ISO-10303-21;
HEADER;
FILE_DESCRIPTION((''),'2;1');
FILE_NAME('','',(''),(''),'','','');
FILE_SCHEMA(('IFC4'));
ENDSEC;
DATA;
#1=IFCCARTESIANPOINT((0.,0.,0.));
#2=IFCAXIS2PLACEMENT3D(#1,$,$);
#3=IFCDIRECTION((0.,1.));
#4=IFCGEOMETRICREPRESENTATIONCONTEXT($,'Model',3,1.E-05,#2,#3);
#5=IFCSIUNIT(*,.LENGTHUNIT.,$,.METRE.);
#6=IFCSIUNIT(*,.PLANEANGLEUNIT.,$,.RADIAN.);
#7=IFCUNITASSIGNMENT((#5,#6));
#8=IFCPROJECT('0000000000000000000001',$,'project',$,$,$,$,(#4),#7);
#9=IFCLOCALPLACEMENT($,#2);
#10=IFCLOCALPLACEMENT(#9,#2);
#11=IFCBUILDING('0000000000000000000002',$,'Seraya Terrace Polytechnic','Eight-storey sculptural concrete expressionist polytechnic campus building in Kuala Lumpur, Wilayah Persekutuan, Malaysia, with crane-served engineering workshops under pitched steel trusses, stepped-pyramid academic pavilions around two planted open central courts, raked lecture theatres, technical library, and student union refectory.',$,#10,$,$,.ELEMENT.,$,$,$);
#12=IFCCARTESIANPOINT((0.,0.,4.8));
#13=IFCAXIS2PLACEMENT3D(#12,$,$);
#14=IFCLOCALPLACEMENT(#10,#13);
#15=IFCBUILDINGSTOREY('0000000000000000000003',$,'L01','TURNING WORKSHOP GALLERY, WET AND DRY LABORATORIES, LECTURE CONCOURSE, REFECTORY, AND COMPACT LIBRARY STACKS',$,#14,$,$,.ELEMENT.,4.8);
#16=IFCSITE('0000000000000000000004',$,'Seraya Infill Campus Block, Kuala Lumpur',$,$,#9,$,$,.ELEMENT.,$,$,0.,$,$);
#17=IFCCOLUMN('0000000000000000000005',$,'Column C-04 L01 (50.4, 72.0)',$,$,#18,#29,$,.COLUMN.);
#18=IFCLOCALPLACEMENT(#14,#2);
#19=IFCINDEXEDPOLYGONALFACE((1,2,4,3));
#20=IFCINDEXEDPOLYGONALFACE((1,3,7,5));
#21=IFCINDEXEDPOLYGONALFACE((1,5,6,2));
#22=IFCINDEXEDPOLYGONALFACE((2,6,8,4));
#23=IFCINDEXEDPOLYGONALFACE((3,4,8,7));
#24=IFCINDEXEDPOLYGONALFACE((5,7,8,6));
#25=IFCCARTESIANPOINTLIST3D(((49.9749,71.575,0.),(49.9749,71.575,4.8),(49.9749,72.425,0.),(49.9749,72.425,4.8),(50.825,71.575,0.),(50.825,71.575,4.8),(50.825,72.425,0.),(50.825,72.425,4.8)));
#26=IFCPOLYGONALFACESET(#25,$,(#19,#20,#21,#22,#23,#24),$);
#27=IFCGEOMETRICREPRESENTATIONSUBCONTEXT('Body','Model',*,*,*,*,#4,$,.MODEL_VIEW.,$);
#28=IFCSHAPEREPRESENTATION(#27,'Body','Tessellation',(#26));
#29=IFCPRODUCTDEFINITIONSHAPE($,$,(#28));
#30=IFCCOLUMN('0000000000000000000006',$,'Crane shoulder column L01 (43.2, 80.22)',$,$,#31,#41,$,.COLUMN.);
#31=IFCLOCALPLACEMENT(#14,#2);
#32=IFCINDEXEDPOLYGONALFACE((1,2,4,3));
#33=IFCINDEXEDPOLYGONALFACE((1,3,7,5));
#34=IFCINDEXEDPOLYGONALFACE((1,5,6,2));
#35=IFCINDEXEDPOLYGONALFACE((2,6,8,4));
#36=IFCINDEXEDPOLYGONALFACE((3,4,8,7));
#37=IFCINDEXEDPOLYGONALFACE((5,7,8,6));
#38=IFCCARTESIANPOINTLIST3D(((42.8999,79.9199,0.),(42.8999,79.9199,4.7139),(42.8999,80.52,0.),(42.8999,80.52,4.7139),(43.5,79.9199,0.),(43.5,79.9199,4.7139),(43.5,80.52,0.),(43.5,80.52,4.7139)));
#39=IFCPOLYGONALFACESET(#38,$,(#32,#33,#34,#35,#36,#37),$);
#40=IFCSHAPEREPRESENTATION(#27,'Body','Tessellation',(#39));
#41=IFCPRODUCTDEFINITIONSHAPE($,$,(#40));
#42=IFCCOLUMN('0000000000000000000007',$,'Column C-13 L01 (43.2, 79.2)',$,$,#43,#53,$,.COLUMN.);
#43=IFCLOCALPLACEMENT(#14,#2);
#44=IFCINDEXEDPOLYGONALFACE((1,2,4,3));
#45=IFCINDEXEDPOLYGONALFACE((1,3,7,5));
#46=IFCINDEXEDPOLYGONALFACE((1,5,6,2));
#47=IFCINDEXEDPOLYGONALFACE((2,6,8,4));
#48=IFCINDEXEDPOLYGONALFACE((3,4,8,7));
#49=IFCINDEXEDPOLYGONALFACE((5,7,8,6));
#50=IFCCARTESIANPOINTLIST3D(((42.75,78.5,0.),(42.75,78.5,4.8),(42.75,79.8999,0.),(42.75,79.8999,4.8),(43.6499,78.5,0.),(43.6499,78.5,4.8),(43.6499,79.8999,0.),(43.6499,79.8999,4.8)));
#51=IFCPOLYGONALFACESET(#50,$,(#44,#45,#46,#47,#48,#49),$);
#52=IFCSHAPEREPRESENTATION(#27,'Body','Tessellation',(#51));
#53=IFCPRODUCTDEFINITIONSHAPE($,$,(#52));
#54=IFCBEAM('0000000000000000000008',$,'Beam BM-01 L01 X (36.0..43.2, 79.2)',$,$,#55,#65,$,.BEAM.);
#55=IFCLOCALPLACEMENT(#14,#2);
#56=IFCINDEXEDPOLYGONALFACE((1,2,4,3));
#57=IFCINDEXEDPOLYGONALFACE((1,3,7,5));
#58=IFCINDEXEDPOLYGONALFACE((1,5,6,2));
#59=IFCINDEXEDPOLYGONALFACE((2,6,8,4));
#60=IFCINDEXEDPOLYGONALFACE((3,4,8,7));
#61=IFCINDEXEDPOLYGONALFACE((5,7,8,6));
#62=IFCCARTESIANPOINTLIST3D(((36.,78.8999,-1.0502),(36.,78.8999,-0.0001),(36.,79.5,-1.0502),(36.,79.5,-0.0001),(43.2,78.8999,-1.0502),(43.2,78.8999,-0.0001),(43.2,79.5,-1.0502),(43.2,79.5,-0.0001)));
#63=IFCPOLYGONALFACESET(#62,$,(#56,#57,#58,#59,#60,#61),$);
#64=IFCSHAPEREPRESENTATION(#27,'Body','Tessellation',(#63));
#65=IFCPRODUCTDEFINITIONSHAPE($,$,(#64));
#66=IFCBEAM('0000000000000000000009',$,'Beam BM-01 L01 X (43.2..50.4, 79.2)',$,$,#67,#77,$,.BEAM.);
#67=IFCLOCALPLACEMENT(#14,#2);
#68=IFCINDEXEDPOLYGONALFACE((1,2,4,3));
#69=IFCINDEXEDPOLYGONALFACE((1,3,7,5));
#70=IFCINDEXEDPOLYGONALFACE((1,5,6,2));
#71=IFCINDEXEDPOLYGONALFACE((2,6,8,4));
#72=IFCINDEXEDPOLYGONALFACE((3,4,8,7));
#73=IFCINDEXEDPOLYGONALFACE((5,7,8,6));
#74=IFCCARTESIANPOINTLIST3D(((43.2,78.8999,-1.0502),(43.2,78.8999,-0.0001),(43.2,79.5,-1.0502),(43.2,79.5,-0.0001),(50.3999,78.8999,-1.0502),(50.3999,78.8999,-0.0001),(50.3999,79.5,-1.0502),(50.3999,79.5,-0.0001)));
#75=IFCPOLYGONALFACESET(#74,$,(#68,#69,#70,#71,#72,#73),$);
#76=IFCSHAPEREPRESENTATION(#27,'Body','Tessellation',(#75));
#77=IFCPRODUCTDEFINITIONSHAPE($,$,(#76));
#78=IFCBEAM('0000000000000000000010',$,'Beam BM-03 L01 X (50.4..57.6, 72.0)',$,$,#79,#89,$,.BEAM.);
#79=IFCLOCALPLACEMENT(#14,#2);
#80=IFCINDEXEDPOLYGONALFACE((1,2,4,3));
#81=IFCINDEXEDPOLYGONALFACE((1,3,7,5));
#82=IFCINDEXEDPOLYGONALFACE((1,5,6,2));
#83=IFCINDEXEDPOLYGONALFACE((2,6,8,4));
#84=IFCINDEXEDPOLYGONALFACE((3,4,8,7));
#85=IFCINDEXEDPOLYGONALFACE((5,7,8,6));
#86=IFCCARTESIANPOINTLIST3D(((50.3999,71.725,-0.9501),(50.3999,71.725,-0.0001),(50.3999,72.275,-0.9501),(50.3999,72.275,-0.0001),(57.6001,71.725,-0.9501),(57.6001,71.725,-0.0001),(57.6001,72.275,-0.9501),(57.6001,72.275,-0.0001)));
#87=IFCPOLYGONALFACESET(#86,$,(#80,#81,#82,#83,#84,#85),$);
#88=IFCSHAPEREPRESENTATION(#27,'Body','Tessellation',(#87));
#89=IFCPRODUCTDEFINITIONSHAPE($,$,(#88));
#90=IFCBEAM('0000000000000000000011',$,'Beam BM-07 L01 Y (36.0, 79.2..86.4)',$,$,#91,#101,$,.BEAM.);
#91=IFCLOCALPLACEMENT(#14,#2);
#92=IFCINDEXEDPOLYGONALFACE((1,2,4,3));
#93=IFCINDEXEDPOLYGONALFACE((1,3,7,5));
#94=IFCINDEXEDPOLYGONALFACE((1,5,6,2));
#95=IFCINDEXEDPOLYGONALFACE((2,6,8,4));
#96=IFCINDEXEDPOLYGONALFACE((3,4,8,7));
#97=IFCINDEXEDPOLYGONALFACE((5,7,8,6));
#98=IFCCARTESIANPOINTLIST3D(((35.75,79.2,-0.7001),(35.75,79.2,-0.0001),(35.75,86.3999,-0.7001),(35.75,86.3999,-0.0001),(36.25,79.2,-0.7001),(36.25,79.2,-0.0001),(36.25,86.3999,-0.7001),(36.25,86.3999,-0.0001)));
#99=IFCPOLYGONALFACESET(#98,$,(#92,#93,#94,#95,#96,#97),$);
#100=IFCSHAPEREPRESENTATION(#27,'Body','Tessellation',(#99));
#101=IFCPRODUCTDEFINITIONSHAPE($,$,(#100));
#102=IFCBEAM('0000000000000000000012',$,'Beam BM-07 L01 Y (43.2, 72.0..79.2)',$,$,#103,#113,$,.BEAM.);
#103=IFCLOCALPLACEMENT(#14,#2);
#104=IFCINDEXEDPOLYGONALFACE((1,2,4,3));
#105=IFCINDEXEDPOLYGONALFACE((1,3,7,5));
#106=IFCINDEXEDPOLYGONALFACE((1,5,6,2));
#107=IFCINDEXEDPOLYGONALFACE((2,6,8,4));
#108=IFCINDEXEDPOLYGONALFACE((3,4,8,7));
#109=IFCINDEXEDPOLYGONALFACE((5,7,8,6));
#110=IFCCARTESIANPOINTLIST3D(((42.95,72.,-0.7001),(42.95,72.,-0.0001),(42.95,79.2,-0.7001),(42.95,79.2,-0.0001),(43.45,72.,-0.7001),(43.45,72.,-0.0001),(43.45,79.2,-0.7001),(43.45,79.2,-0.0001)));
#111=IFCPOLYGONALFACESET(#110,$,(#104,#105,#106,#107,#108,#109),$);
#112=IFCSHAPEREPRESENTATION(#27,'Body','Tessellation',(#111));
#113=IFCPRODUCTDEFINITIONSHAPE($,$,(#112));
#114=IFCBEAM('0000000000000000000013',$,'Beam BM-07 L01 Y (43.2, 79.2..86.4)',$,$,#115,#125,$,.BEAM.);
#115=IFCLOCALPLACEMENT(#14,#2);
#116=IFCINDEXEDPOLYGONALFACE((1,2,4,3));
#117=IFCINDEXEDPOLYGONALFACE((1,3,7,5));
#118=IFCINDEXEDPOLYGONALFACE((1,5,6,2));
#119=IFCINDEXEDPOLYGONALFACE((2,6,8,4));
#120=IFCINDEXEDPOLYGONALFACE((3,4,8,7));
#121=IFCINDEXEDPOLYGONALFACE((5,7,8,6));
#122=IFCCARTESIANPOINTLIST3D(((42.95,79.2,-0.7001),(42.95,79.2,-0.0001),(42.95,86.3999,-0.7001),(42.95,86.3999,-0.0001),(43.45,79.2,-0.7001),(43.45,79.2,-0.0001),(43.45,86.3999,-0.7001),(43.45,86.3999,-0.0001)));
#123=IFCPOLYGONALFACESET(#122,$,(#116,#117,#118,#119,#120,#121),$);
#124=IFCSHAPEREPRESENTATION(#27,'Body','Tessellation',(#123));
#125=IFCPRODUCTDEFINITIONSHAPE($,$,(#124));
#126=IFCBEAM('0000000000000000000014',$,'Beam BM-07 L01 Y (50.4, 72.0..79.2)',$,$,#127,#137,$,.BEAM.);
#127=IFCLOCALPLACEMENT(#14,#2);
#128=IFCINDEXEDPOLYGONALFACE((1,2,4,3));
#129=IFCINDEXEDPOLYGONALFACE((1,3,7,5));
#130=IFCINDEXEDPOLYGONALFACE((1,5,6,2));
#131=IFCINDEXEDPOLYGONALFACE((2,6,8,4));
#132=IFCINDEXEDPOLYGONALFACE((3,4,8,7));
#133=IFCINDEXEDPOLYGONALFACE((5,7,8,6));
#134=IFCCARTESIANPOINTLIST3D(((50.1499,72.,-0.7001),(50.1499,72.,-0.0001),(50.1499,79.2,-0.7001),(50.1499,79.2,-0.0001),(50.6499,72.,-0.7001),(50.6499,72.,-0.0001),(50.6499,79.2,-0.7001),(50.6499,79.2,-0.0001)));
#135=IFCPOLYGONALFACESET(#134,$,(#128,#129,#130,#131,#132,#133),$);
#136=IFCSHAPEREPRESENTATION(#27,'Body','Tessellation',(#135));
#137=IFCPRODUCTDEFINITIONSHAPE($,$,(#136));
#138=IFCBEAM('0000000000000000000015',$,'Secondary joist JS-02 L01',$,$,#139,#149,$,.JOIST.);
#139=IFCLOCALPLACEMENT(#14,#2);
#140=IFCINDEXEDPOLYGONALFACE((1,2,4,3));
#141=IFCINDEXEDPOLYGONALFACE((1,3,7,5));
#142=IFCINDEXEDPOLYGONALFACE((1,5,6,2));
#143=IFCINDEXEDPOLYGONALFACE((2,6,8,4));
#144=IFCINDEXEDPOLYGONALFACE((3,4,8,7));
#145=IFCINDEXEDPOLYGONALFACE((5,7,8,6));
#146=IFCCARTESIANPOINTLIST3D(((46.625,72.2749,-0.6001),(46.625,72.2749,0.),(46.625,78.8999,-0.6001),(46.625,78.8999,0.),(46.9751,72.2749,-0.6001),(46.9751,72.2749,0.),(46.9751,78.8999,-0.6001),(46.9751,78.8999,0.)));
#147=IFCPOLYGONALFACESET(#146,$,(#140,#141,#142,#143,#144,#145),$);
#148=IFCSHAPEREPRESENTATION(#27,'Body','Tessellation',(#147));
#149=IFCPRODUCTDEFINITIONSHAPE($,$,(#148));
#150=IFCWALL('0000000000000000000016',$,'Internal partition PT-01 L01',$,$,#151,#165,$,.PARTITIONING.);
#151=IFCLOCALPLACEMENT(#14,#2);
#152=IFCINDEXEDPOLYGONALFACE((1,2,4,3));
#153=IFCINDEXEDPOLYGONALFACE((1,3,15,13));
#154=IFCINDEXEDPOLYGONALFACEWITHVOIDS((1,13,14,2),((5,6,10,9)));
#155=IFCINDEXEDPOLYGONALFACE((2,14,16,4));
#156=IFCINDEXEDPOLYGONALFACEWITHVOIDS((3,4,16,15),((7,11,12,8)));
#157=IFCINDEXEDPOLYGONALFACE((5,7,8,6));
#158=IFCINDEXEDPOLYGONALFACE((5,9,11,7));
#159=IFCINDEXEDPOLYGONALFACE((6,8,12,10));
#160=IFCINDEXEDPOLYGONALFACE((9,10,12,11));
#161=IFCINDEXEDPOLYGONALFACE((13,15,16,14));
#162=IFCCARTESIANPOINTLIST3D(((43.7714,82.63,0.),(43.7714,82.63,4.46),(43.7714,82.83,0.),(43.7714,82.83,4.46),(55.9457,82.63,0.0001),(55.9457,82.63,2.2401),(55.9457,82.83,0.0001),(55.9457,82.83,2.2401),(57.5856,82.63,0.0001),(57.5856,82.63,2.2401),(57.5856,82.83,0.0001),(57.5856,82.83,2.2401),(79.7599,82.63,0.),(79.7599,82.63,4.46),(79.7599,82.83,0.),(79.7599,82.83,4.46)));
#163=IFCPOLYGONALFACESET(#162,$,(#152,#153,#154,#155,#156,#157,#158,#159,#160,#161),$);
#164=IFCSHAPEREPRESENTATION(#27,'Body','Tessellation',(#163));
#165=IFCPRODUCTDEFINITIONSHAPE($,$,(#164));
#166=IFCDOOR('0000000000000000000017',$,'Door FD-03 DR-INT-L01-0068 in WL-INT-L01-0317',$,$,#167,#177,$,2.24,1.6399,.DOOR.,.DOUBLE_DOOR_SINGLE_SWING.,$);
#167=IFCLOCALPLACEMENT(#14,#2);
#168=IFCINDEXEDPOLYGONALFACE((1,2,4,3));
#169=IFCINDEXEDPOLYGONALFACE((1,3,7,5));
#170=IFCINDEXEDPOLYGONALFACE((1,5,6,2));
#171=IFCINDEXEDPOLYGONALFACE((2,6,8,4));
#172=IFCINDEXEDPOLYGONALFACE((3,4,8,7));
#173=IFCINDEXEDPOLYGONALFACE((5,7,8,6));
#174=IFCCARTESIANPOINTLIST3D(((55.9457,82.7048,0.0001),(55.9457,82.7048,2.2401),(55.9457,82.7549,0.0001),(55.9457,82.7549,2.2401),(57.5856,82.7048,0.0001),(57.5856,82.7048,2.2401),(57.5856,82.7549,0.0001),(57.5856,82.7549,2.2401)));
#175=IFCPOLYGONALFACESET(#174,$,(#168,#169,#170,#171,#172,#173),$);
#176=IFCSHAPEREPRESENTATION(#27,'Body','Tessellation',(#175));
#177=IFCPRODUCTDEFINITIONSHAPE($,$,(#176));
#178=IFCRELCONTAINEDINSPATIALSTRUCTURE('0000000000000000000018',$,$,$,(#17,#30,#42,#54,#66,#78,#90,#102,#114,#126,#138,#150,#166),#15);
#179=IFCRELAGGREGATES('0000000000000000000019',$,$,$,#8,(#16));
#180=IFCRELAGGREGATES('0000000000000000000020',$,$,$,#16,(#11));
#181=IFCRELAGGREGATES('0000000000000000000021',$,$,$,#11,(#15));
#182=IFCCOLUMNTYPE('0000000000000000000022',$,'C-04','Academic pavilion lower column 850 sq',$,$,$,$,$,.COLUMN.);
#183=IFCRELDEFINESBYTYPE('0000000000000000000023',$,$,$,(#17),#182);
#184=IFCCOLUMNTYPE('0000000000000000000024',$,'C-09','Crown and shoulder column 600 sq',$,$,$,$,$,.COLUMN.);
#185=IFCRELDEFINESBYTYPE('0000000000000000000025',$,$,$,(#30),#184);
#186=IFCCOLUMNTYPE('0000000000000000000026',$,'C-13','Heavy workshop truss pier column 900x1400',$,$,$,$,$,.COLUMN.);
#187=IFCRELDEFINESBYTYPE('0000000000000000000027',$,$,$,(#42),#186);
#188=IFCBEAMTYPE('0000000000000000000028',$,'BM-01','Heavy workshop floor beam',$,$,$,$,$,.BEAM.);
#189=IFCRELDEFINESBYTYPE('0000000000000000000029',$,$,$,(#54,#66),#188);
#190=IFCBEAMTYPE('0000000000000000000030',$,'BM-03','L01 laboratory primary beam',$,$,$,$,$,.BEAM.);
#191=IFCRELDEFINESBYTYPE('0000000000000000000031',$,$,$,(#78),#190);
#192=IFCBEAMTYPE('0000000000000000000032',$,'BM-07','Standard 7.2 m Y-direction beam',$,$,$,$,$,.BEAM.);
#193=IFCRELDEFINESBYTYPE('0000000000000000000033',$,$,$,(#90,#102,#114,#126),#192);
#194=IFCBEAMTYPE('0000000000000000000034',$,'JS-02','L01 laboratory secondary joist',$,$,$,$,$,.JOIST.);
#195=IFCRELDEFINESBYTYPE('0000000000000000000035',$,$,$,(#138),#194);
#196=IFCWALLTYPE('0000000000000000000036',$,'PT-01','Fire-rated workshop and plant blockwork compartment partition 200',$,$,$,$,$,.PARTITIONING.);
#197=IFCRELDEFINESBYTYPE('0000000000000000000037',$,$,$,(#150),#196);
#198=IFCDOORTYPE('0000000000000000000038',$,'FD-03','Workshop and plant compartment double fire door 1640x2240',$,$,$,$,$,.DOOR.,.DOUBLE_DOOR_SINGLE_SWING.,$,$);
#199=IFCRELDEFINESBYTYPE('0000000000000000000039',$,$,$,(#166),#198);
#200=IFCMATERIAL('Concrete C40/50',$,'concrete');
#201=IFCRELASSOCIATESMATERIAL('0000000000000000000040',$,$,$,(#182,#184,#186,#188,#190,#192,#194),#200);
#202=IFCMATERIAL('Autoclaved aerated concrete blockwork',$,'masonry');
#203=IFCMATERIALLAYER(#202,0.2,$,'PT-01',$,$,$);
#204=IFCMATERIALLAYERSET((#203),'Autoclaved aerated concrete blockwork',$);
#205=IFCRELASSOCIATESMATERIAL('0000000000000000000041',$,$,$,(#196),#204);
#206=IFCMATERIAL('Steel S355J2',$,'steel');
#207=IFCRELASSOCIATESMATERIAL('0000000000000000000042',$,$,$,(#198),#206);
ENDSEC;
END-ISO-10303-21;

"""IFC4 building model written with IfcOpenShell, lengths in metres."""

from ifc_helpers import new_model, si_unit, direction, frame, frame_2d, origin, origin_2d, place, context, subcontext, project, spatial, rectangle, extrude, material, layer, layer_set, material_profile, profile_set, type_object, element, fill, save


model = new_model("IFC4")

# Units and contexts
model_context = context("Model", 3, precision=1e-05, world=origin(), true_north=direction((0.0, 1.0)))
body_context = subcontext(model_context, "Body", "Model", "MODEL_VIEW")
ifc_project = project(units=[si_unit("LENGTHUNIT", "METRE"), si_unit("PLANEANGLEUNIT", "RADIAN")], contexts=[model_context])

# Site, building, storey
site_placement = place(None, origin())
site = spatial("IfcSite", under=ifc_project, at=site_placement, Name="Seraya Infill Campus Block, Kuala Lumpur", CompositionType="ELEMENT", RefElevation=0.0)
building_placement = place(site_placement, origin())
building = spatial("IfcBuilding", under=site, at=building_placement, Name="Seraya Terrace Polytechnic", Description="Eight-storey sculptural concrete expressionist polytechnic campus building in Kuala Lumpur, Wilayah Persekutuan, Malaysia, with crane-served engineering workshops under pitched steel trusses, stepped-pyramid academic pavilions around two planted open central courts, raked lecture theatres, technical library, and student union refectory.", CompositionType="ELEMENT")
storey_placement = place(building_placement, frame((0.0, 0.0, 4.8)))
storey = spatial("IfcBuildingStorey", under=building, at=storey_placement, Name="L01", Description="TURNING WORKSHOP GALLERY, WET AND DRY LABORATORIES, LECTURE CONCOURSE, REFECTORY, AND COMPACT LIBRARY STACKS", CompositionType="ELEMENT", Elevation=4.8)

# Columns
ifc_material_1 = material(Name="Concrete C40/50", Category="concrete")
ifc_material_profile_1 = material_profile(ifc_material_1, rectangle(XDim=0.8501, YDim=0.8501, at=origin_2d()), Name="RC 850x850")
ifc_profile_set_1 = profile_set([ifc_material_profile_1], Name="Concrete C40/50")
column_type_1 = type_object("IfcColumnType", Name="C-04", Description="Academic pavilion lower column 850 sq", PredefinedType="COLUMN", material=ifc_profile_set_1)
column_1_placement = place(storey_placement, frame((50.3999, 72.0, 0.0), z_axis=(0.0, 0.0, 1.0), x_axis=(1.0, 0.0, 0.0)))
element("IfcColumn", 1, at=column_1_placement, inside=storey, type_object=column_type_1, Name="Column C-04 L01 (50.4, 72.0)", PredefinedType="COLUMN", context=body_context, shape_type="SweptSolid", body=[
    extrude(rectangle(XDim=0.8501, YDim=0.8501, at=origin_2d()), origin(), (0.0, 0.0, 1.0), 4.8),
])
ifc_material_profile_2 = material_profile(ifc_material_1, rectangle(XDim=0.6001, YDim=0.6001, at=origin_2d()), Name="RC 600x600")
ifc_profile_set_2 = profile_set([ifc_material_profile_2], Name="Concrete C40/50")
column_type_2 = type_object("IfcColumnType", Name="C-09", Description="Crown and shoulder column 600 sq", PredefinedType="COLUMN", material=ifc_profile_set_2)
column_2_placement = place(storey_placement, frame((43.2, 80.22, 0.0), z_axis=(0.0, 0.0, 1.0), x_axis=(1.0, 0.0, 0.0)))
element("IfcColumn", 2, at=column_2_placement, inside=storey, type_object=column_type_2, Name="Crane shoulder column L01 (43.2, 80.22)", PredefinedType="COLUMN", context=body_context, shape_type="SweptSolid", body=[
    extrude(rectangle(XDim=0.6001, YDim=0.6001, at=origin_2d()), origin(), (0.0, 0.0, 1.0), 4.7139),
])
ifc_material_profile_3 = material_profile(ifc_material_1, rectangle(XDim=0.8999, YDim=1.3999, at=origin_2d()), Name="RC 900x1400")
ifc_profile_set_3 = profile_set([ifc_material_profile_3], Name="Concrete C40/50")
column_type_3 = type_object("IfcColumnType", Name="C-13", Description="Heavy workshop truss pier column 900x1400", PredefinedType="COLUMN", material=ifc_profile_set_3)
column_3_placement = place(storey_placement, frame((43.2, 79.2, 0.0), z_axis=(0.0, 0.0, 1.0), x_axis=(1.0, 0.0, 0.0)))
element("IfcColumn", 3, at=column_3_placement, inside=storey, type_object=column_type_3, Name="Column C-13 L01 (43.2, 79.2)", PredefinedType="COLUMN", context=body_context, shape_type="SweptSolid", body=[
    extrude(rectangle(XDim=0.8999, YDim=1.3999, at=origin_2d()), origin(), (0.0, 0.0, 1.0), 4.8),
])

# Beams
ifc_material_profile_4 = material_profile(ifc_material_1, rectangle(XDim=0.6001, YDim=1.05, at=origin_2d()), Name="RC 600x1050")
ifc_profile_set_4 = profile_set([ifc_material_profile_4], Name="Concrete C40/50")
beam_type_1 = type_object("IfcBeamType", Name="BM-01", Description="Heavy workshop floor beam", PredefinedType="BEAM", material=ifc_profile_set_4)
for number, where, z_axis, x_axis, name in (
    (4, (36.0, 79.2, -0.5251), (1.0, 0.0, 0.0), (0.0, 1.0, 0.0), "Beam BM-01 L01 X (36.0..43.2, 79.2)"),
    (5, (43.2, 79.2, -0.5251), (1.0, 0.0, 0.0), (0.0, 1.0, 0.0), "Beam BM-01 L01 X (43.2..50.4, 79.2)"),
):
    element("IfcBeam", number, at=place(storey_placement, frame(where, z_axis=z_axis, x_axis=x_axis)), inside=storey, type_object=beam_type_1, Name=name, PredefinedType="BEAM", context=body_context, shape_type="SweptSolid", body=[
        extrude(rectangle(XDim=0.6001, YDim=1.05, at=origin_2d()), origin(), (0.0, 0.0, 1.0), 7.2),
    ])
ifc_material_profile_5 = material_profile(ifc_material_1, rectangle(XDim=0.55, YDim=0.95, at=origin_2d()), Name="RC 550x950")
ifc_profile_set_5 = profile_set([ifc_material_profile_5], Name="Concrete C40/50")
beam_type_2 = type_object("IfcBeamType", Name="BM-03", Description="L01 laboratory primary beam", PredefinedType="BEAM", material=ifc_profile_set_5)
beam_1_placement = place(storey_placement, frame((50.3999, 72.0, -0.4751), z_axis=(1.0, 0.0, 0.0), x_axis=(0.0, 1.0, 0.0)))
element("IfcBeam", 6, at=beam_1_placement, inside=storey, type_object=beam_type_2, Name="Beam BM-03 L01 X (50.4..57.6, 72.0)", PredefinedType="BEAM", context=body_context, shape_type="SweptSolid", body=[
    extrude(rectangle(XDim=0.55, YDim=0.95, at=origin_2d()), origin(), (0.0, 0.0, 1.0), 7.2002),
])
ifc_material_profile_6 = material_profile(ifc_material_1, rectangle(XDim=0.5, YDim=0.7, at=origin_2d()), Name="RC 500x700")
ifc_profile_set_6 = profile_set([ifc_material_profile_6], Name="Concrete C40/50")
beam_type_3 = type_object("IfcBeamType", Name="BM-07", Description="Standard 7.2 m Y-direction beam", PredefinedType="BEAM", material=ifc_profile_set_6)
for number, where, z_axis, x_axis, name in (
    (7, (36.0, 79.2, -0.3501), (0.0, 1.0, 0.0), (-1.0, 0.0, 0.0), "Beam BM-07 L01 Y (36.0, 79.2..86.4)"),
    (8, (43.2, 72.0, -0.3501), (0.0, 1.0, 0.0), (-1.0, 0.0, 0.0), "Beam BM-07 L01 Y (43.2, 72.0..79.2)"),
    (9, (43.2, 79.2, -0.3501), (0.0, 1.0, 0.0), (-1.0, 0.0, 0.0), "Beam BM-07 L01 Y (43.2, 79.2..86.4)"),
    (10, (50.3999, 72.0, -0.3501), (0.0, 1.0, 0.0), (-1.0, 0.0, 0.0), "Beam BM-07 L01 Y (50.4, 72.0..79.2)"),
):
    element("IfcBeam", number, at=place(storey_placement, frame(where, z_axis=z_axis, x_axis=x_axis)), inside=storey, type_object=beam_type_3, Name=name, PredefinedType="BEAM", context=body_context, shape_type="SweptSolid", body=[
        extrude(rectangle(XDim=0.5, YDim=0.7, at=origin_2d()), origin(), (0.0, 0.0, 1.0), 7.2),
    ])
ifc_material_profile_7 = material_profile(ifc_material_1, rectangle(XDim=0.3501, YDim=0.6001, at=origin_2d()), Name="RC 350x600")
ifc_profile_set_7 = profile_set([ifc_material_profile_7], Name="Concrete C40/50")
beam_type_4 = type_object("IfcBeamType", Name="JS-02", Description="L01 laboratory secondary joist", PredefinedType="JOIST", material=ifc_profile_set_7)
beam_2_placement = place(storey_placement, frame((46.8, 72.2749, -0.3), z_axis=(0.0, 1.0, 0.0), x_axis=(-1.0, 0.0, 0.0)))
element("IfcBeam", 11, at=beam_2_placement, inside=storey, type_object=beam_type_4, Name="Secondary joist JS-02 L01", PredefinedType="JOIST", context=body_context, shape_type="SweptSolid", body=[
    extrude(rectangle(XDim=0.3501, YDim=0.6001, at=origin_2d()), origin(), (0.0, 0.0, 1.0), 6.625),
])

# Wall, opening, door
ifc_material_2 = material(Name="Autoclaved aerated concrete blockwork", Category="masonry")
ifc_layer_1 = layer(ifc_material_2, 0.2, Name="PT-01")
ifc_layer_set_1 = layer_set([ifc_layer_1], Name="Autoclaved aerated concrete blockwork")
wall_type_1 = type_object("IfcWallType", Name="PT-01", Description="Fire-rated workshop and plant blockwork compartment partition 200", PredefinedType="PARTITIONING", material=ifc_layer_set_1)
wall_1_placement = place(storey_placement, frame((43.7715, 82.73, 0.0), z_axis=(0.0, 0.0, 1.0), x_axis=(1.0, 0.0, 0.0)))
wall_1 = element("IfcWall", 12, at=wall_1_placement, inside=storey, type_object=wall_type_1, Name="Internal partition PT-01 L01", PredefinedType="PARTITIONING", context=body_context, shape_type="SweptSolid", body=[
    extrude(rectangle(XDim=35.9885, YDim=0.2, at=frame_2d((17.9941, 0.0))), origin(), (0.0, 0.0, 1.0), 4.46),
])
opening_1_placement = place(wall_1_placement, frame((12.1743, 0.0, 0.0)))
opening_1 = element("IfcOpeningElement", 13, at=opening_1_placement, cuts=wall_1, PredefinedType="OPENING", context=body_context, shape_type="SweptSolid", body=[
    extrude(rectangle(XDim=1.6399, YDim=2.24, at=frame_2d((0.8198, 1.1201))), frame((0.0, 0.1118, 0.0), z_axis=(0.0, -1.0, 0.0), x_axis=(1.0, 0.0, 0.0)), (0.0, 0.0, 1.0), 0.2239),
])
ifc_material_3 = material(Name="Steel S355J2", Category="steel")
door_type_1 = type_object("IfcDoorType", Name="FD-03", Description="Workshop and plant compartment double fire door 1640x2240", OperationType="DOUBLE_DOOR_SINGLE_SWING", PredefinedType="DOOR", material=ifc_material_3)
door_1_placement = place(opening_1_placement, origin())
door_1 = element("IfcDoor", 14, at=door_1_placement, inside=storey, type_object=door_type_1, Name="Door FD-03 DR-INT-L01-0068 in WL-INT-L01-0317", OperationType="DOUBLE_DOOR_SINGLE_SWING", OverallHeight=2.24, OverallWidth=1.6399, PredefinedType="DOOR", context=body_context, shape_type="SweptSolid", body=[
    extrude(rectangle(XDim=1.6399, YDim=2.24, at=frame_2d((0.8198, 1.1201))), frame((0.0, 0.0249, 0.0), z_axis=(0.0, -1.0, 0.0), x_axis=(1.0, 0.0, 0.0)), (0.0, 0.0, 1.0), 0.05),
])
fill(opening_1, door_1)

save(model, "model.ifc")
